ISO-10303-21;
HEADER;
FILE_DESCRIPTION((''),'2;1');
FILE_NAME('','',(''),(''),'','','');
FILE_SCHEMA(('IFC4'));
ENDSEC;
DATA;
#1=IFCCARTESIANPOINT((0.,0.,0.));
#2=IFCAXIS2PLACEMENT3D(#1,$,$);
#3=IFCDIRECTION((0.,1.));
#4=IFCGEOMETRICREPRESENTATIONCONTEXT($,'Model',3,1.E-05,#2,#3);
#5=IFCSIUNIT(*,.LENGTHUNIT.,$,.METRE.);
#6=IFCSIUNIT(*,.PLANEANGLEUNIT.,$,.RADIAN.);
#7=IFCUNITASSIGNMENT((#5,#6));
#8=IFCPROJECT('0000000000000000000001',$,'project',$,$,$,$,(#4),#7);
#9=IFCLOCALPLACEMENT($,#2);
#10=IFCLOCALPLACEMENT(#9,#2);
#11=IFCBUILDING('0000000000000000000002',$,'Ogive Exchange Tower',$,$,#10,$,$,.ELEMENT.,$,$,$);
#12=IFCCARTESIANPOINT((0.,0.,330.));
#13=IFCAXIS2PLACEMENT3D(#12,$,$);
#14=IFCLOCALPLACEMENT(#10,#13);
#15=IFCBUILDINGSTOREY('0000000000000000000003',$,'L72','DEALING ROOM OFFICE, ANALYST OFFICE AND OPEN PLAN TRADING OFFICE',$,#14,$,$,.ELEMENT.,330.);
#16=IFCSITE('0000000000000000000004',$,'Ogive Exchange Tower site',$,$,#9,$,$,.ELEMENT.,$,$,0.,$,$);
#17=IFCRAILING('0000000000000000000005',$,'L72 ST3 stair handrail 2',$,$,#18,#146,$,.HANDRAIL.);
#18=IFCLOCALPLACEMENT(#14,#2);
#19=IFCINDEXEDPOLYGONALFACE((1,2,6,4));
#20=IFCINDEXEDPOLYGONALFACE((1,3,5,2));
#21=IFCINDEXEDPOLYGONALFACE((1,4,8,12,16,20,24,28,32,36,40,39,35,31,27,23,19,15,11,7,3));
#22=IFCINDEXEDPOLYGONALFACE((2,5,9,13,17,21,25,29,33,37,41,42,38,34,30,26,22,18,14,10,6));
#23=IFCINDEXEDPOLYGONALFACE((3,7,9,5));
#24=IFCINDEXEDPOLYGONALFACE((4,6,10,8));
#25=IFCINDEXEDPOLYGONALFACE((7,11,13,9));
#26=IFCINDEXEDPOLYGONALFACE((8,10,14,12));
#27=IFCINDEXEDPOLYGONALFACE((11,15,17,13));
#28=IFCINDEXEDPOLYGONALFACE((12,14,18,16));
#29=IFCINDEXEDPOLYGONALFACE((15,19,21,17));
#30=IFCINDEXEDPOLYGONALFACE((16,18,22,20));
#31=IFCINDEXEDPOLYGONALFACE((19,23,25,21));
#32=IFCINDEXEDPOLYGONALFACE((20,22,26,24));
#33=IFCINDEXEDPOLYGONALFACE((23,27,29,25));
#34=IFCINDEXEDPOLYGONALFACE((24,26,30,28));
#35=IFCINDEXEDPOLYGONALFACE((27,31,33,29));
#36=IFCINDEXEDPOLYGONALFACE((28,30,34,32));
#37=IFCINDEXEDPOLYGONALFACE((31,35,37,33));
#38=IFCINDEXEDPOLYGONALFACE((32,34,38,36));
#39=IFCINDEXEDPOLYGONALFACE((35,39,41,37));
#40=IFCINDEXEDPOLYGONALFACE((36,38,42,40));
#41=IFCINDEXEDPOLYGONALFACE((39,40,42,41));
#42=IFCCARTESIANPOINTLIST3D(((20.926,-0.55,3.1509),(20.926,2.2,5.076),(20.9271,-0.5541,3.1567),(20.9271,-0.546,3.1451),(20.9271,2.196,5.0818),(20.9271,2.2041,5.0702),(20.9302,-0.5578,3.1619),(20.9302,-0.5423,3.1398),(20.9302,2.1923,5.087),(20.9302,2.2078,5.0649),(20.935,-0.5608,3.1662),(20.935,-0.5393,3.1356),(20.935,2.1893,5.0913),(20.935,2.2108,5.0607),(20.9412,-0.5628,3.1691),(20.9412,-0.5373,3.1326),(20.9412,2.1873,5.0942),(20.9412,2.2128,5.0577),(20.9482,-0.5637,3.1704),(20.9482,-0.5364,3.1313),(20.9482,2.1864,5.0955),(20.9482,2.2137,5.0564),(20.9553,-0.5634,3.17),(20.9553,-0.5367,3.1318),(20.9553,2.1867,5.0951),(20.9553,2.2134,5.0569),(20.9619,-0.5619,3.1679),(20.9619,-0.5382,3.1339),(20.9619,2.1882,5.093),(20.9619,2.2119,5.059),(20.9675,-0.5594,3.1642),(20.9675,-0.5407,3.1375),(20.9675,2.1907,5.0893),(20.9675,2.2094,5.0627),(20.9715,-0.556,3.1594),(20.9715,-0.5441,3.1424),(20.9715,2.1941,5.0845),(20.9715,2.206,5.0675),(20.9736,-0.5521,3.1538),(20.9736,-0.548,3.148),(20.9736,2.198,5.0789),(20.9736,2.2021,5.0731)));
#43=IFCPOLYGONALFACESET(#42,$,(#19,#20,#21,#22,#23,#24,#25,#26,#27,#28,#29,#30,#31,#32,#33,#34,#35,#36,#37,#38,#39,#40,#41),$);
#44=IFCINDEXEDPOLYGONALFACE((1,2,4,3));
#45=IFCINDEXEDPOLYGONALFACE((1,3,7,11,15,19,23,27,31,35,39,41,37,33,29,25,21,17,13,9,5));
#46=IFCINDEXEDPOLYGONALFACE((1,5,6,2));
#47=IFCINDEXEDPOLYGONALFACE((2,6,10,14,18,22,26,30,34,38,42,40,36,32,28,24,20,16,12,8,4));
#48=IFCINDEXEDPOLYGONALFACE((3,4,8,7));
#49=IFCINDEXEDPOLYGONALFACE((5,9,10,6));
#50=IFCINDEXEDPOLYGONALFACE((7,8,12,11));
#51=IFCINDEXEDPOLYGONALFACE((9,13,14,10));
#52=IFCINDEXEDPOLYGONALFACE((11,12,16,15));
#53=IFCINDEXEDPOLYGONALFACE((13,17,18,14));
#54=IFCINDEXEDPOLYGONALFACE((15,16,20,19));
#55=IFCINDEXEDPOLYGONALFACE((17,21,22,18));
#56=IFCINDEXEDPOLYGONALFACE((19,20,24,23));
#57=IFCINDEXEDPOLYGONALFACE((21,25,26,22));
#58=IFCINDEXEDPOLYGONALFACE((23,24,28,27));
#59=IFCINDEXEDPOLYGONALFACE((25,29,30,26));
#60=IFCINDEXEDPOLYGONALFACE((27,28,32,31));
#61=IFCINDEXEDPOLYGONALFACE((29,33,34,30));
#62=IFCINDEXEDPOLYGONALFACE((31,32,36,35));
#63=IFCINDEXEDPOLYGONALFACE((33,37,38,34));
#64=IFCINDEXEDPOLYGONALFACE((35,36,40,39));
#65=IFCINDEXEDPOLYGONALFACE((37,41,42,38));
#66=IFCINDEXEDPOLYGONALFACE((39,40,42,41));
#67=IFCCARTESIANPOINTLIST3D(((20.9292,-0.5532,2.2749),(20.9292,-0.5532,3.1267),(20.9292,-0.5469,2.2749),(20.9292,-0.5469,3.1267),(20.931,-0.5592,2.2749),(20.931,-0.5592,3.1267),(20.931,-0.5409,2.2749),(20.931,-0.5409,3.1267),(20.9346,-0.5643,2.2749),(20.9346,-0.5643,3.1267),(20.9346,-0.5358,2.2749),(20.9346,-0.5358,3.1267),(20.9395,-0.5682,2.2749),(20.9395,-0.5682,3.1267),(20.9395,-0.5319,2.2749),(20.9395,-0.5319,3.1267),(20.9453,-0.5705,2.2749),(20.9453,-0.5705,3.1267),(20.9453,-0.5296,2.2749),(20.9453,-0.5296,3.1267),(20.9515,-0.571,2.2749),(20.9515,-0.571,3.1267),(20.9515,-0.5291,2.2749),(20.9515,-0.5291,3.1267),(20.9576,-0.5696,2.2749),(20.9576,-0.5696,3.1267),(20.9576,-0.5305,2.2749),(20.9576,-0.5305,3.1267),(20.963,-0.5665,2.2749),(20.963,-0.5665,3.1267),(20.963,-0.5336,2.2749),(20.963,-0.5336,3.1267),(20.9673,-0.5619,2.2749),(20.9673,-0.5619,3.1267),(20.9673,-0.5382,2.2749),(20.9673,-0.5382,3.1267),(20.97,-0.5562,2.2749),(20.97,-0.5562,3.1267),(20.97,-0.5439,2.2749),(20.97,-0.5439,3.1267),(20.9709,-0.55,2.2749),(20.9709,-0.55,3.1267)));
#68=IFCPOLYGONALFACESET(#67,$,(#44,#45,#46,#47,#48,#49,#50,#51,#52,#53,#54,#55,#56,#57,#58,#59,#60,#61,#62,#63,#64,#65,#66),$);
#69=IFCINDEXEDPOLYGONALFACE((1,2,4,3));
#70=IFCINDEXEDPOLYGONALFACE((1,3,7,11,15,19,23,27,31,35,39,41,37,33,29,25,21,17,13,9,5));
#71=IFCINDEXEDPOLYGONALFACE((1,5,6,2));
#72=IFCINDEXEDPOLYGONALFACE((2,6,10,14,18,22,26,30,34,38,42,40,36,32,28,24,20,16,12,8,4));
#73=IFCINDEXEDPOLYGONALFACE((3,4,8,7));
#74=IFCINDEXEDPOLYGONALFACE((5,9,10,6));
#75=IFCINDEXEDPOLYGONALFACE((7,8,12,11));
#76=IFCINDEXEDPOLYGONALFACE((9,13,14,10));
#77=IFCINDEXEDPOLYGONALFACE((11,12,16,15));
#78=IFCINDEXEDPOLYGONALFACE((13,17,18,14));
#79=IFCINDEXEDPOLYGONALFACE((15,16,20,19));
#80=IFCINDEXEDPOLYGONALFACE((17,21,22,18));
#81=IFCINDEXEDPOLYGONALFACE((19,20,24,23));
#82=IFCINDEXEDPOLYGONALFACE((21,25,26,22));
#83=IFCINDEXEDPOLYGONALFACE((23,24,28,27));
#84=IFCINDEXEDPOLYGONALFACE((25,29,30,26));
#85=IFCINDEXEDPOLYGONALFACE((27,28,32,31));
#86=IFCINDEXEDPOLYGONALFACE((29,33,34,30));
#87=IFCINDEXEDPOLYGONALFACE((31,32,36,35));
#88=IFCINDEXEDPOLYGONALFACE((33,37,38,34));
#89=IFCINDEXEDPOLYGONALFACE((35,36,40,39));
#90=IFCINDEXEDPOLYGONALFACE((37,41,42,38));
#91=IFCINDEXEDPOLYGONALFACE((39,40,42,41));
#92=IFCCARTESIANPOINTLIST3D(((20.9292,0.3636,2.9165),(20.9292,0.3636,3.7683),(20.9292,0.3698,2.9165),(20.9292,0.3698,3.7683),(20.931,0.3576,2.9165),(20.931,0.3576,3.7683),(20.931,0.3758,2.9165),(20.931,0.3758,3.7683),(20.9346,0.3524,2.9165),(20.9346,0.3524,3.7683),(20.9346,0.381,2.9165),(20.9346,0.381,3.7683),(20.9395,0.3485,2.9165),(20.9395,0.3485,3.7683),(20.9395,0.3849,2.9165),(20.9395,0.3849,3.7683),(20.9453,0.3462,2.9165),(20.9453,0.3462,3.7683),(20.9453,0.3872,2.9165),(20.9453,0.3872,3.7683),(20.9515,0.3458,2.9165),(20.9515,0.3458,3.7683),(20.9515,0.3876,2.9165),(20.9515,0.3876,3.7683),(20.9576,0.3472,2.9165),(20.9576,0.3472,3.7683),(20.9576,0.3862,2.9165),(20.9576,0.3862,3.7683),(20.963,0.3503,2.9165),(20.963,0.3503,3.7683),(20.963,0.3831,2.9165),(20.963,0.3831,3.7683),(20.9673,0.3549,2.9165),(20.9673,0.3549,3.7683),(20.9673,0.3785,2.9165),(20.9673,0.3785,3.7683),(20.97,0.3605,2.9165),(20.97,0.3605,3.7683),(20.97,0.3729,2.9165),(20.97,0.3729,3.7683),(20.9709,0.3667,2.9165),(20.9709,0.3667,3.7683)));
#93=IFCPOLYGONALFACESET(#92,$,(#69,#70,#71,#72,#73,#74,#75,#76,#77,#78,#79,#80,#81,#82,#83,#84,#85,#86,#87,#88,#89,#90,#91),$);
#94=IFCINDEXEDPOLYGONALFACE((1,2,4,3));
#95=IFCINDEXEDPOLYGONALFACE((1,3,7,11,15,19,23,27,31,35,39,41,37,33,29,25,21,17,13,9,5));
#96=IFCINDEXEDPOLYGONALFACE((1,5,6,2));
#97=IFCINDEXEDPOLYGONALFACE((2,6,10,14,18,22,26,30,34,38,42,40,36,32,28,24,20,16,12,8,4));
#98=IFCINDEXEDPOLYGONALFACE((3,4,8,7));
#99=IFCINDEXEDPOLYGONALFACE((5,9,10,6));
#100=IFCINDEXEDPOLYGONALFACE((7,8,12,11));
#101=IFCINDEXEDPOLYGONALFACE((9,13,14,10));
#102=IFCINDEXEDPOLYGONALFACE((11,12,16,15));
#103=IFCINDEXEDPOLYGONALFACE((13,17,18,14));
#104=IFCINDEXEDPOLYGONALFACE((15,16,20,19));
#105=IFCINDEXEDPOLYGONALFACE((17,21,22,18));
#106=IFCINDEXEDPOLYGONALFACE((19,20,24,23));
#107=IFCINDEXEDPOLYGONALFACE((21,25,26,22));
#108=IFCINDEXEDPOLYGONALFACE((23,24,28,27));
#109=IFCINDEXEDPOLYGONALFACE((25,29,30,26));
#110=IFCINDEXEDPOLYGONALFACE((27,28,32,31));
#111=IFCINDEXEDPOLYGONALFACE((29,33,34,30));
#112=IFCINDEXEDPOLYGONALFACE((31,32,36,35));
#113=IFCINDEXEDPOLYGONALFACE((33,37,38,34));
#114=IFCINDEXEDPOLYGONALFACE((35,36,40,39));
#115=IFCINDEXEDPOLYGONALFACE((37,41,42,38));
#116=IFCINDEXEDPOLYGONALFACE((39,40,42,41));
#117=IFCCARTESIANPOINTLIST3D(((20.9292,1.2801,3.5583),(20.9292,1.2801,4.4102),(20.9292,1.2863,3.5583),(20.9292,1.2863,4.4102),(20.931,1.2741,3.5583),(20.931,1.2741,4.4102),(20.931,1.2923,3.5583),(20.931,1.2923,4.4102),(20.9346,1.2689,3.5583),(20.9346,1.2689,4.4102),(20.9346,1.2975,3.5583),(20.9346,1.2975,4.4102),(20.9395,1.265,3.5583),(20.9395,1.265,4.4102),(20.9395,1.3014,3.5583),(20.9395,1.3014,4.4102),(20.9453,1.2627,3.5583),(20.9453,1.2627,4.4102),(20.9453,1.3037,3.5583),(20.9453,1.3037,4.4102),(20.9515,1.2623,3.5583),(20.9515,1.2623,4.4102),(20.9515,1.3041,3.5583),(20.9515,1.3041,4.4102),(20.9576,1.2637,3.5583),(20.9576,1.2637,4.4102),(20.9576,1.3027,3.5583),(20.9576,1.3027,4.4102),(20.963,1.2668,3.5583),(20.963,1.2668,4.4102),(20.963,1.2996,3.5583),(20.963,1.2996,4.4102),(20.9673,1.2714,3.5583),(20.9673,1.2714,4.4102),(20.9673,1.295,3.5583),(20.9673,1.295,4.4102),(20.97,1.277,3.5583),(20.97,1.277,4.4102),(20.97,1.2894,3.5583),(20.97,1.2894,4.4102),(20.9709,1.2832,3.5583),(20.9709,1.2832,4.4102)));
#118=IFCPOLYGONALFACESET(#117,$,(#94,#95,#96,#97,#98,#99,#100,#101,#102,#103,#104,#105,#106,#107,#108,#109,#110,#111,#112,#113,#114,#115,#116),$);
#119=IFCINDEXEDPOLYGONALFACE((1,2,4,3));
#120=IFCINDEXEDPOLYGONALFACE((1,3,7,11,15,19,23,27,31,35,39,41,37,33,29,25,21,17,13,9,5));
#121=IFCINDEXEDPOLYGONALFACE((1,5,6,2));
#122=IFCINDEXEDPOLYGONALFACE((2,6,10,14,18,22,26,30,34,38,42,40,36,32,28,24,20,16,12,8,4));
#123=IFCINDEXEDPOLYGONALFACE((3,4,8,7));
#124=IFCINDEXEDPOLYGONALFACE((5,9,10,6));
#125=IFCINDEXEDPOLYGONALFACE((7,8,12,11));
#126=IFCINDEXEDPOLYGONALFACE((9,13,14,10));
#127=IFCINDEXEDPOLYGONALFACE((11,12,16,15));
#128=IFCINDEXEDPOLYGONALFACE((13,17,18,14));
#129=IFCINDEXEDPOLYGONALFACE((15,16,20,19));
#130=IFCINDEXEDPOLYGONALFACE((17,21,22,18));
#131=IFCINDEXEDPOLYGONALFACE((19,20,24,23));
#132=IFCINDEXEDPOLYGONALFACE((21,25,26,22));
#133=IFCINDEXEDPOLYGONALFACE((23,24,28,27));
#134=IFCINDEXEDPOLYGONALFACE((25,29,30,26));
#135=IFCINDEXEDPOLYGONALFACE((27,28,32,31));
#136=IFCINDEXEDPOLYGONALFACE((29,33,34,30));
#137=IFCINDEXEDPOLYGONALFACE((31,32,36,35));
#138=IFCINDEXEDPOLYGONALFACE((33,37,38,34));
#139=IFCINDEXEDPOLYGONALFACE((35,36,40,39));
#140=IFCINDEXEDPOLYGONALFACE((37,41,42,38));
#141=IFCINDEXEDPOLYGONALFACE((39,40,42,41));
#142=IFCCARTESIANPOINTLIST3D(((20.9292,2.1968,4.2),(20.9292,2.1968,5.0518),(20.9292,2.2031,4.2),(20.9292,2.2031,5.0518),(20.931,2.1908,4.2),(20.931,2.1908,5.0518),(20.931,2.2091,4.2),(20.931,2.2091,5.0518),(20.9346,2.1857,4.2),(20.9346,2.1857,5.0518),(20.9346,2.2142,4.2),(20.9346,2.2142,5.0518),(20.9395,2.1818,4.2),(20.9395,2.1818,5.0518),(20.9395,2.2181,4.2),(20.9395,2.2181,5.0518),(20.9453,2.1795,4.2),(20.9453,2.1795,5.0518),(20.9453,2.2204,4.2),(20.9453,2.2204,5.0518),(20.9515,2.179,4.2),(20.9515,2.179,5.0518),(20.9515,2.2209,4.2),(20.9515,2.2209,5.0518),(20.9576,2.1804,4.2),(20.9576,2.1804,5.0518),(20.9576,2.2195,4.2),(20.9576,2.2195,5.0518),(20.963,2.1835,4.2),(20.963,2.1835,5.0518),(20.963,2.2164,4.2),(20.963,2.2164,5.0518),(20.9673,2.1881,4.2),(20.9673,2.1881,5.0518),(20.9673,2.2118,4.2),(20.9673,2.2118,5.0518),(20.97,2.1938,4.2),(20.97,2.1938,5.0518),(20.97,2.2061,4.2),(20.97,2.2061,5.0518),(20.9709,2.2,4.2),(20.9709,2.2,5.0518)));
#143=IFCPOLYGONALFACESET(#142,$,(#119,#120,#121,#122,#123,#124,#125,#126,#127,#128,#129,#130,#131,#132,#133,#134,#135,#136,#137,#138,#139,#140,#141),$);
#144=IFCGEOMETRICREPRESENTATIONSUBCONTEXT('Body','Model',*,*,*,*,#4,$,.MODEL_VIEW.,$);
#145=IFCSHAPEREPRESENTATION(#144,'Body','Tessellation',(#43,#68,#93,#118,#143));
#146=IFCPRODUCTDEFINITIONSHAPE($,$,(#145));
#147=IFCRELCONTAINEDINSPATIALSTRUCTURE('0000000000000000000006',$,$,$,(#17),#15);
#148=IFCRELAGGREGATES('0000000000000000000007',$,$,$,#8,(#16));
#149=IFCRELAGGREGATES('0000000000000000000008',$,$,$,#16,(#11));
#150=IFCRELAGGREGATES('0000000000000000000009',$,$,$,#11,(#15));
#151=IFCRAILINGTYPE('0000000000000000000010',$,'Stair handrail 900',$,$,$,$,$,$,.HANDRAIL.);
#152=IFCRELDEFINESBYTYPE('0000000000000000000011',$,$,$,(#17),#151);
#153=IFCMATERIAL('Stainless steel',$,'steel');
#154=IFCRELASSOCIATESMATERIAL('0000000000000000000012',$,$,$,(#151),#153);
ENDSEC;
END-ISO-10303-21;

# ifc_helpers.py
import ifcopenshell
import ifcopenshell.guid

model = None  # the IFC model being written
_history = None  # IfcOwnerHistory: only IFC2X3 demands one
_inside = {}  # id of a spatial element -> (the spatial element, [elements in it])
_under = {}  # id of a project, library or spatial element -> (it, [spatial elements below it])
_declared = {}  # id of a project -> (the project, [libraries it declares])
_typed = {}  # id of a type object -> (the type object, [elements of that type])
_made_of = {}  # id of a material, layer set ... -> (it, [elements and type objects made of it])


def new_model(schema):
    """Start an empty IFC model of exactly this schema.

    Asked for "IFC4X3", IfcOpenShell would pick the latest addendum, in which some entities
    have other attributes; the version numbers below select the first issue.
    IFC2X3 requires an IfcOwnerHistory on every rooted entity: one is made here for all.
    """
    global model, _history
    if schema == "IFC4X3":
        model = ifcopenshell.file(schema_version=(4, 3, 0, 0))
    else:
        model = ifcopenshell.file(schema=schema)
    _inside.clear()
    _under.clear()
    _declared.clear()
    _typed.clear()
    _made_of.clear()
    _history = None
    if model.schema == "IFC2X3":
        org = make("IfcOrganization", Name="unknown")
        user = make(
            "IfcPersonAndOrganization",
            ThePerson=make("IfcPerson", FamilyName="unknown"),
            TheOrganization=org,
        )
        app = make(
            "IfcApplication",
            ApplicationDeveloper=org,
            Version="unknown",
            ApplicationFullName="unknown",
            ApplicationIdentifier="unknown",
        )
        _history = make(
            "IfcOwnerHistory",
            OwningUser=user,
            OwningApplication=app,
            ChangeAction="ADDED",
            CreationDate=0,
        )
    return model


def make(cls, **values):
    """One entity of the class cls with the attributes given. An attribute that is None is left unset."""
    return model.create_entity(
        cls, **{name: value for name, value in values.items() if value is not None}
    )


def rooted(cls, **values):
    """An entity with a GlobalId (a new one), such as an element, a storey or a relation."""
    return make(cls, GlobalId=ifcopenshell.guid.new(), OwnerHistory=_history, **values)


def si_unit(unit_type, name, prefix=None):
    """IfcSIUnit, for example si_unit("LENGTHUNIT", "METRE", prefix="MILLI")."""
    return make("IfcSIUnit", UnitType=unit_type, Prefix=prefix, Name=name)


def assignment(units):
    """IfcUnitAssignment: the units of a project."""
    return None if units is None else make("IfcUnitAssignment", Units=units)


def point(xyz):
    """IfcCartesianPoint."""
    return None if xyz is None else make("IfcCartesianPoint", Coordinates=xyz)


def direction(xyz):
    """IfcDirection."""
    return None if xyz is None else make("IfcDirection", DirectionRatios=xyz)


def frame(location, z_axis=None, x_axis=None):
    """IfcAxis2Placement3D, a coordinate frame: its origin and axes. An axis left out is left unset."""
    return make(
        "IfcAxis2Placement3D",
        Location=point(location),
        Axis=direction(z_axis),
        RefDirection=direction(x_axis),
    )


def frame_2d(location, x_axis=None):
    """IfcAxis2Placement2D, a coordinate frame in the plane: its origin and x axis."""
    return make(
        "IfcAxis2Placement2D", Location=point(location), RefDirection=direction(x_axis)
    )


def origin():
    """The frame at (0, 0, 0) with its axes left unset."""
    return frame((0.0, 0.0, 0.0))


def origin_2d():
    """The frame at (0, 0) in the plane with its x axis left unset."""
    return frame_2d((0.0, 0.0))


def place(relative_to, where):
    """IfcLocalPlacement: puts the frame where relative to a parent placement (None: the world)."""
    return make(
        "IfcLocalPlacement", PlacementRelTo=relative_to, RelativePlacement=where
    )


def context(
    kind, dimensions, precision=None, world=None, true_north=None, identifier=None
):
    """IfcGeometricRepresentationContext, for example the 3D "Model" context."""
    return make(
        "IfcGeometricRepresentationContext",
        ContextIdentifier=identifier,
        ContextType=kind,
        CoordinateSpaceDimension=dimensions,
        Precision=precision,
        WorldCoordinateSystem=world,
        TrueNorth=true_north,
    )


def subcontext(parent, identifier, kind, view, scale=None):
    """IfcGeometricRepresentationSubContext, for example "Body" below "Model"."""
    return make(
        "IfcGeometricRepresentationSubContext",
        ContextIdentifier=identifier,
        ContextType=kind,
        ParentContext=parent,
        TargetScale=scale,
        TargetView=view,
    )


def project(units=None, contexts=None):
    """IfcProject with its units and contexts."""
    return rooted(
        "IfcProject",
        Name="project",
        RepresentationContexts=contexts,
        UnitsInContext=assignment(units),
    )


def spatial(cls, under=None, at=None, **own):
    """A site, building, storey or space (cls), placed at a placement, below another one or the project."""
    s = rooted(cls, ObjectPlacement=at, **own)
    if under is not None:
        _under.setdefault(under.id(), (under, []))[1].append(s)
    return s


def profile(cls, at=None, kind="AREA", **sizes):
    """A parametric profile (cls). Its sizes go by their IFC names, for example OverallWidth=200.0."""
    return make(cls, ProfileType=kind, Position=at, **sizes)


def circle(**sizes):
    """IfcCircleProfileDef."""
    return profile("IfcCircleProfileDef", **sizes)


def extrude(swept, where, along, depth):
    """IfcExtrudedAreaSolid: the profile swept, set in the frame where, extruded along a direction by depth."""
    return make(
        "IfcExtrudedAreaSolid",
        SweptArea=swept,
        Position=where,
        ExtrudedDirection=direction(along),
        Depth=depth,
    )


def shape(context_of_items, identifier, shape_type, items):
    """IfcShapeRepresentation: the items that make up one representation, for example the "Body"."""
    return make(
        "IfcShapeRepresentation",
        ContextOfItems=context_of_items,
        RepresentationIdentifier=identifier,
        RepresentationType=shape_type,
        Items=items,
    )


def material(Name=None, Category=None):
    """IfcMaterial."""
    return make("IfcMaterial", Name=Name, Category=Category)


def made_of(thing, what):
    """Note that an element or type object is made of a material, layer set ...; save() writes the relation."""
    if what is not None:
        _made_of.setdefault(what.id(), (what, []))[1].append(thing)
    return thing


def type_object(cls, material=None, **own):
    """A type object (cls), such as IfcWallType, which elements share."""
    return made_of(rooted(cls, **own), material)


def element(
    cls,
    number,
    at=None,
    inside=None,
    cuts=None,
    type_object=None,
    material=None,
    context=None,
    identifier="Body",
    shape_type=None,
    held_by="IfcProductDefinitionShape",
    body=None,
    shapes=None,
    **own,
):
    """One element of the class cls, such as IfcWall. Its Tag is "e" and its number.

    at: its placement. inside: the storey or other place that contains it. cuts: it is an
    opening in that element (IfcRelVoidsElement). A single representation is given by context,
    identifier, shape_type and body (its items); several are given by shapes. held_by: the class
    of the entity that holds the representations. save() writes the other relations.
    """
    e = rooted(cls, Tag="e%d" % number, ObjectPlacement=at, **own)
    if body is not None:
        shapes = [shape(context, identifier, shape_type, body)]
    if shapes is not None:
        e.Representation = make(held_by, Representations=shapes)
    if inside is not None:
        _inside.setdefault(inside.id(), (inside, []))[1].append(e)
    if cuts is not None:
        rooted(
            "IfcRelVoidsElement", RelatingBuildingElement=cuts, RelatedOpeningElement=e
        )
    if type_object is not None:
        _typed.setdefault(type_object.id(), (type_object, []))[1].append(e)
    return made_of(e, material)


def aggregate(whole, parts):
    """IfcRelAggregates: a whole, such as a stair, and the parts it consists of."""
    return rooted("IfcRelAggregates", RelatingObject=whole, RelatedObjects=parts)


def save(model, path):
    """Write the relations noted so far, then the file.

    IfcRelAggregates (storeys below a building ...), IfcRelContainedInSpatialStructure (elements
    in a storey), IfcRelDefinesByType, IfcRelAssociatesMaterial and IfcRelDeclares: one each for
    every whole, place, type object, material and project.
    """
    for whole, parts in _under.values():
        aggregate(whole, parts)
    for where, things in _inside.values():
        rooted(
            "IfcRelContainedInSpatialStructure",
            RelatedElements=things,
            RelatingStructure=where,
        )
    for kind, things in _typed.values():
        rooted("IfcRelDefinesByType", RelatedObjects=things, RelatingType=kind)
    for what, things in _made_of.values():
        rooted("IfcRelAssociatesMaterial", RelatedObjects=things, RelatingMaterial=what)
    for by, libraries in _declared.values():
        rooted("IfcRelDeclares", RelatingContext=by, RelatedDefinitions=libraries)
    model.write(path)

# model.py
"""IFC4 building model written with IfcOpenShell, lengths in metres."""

from ifc_helpers import new_model, si_unit, direction, frame, origin, origin_2d, place, context, subcontext, project, spatial, circle, extrude, material, type_object, element, save


model = new_model("IFC4")

# Units and contexts
model_context = context("Model", 3, precision=1e-05, world=origin(), true_north=direction((0.0, 1.0)))
body_context = subcontext(model_context, "Body", "Model", "MODEL_VIEW")
ifc_project = project(units=[si_unit("LENGTHUNIT", "METRE"), si_unit("PLANEANGLEUNIT", "RADIAN")], contexts=[model_context])

# Site, building, storey
site_placement = place(None, origin())
site = spatial("IfcSite", under=ifc_project, at=site_placement, Name="Ogive Exchange Tower site", CompositionType="ELEMENT", RefElevation=0.0)
building_placement = place(site_placement, origin())
building = spatial("IfcBuilding", under=site, at=building_placement, Name="Ogive Exchange Tower", CompositionType="ELEMENT")
storey_placement = place(building_placement, frame((0.0, 0.0, 330.0)))
storey = spatial("IfcBuildingStorey", under=building, at=storey_placement, Name="L72", Description="DEALING ROOM OFFICE, ANALYST OFFICE AND OPEN PLAN TRADING OFFICE", CompositionType="ELEMENT", Elevation=330.0)

# Shared definitions
ifc_material_1 = material(Name="Stainless steel", Category="steel")

# Railing
railing_type = type_object("IfcRailingType", Name="Stair handrail 900", PredefinedType="HANDRAIL", material=ifc_material_1)
railing_1_placement = place(storey_placement, frame((20.95, -0.55, 2.2749)))
element("IfcRailing", 1, at=railing_1_placement, inside=storey, type_object=railing_type, Name="L72 ST3 stair handrail 2", PredefinedType="HANDRAIL", context=body_context, shape_type="SweptSolid", body=[
    extrude(circle(Radius=0.0239, at=origin_2d()), frame((0.0, 0.0, 0.876), z_axis=(0.0, 0.819225, 0.573472), x_axis=(-1.0, 0.0, 0.0)), (0.0, 0.0, 1.0), 3.3569),
    extrude(circle(Radius=0.021, at=origin_2d()), origin(), (0.0, 0.0, 1.0), 0.8518),
    extrude(circle(Radius=0.021, at=origin_2d()), frame((0.0, 0.9167, 0.6416)), (0.0, 0.0, 1.0), 0.8518),
    extrude(circle(Radius=0.021, at=origin_2d()), frame((0.0, 1.8333, 1.2834)), (0.0, 0.0, 1.0), 0.8518),
    extrude(circle(Radius=0.021, at=origin_2d()), frame((0.0, 2.75, 1.925)), (0.0, 0.0, 1.0), 0.8518),
])

save(model, "model.ifc")
